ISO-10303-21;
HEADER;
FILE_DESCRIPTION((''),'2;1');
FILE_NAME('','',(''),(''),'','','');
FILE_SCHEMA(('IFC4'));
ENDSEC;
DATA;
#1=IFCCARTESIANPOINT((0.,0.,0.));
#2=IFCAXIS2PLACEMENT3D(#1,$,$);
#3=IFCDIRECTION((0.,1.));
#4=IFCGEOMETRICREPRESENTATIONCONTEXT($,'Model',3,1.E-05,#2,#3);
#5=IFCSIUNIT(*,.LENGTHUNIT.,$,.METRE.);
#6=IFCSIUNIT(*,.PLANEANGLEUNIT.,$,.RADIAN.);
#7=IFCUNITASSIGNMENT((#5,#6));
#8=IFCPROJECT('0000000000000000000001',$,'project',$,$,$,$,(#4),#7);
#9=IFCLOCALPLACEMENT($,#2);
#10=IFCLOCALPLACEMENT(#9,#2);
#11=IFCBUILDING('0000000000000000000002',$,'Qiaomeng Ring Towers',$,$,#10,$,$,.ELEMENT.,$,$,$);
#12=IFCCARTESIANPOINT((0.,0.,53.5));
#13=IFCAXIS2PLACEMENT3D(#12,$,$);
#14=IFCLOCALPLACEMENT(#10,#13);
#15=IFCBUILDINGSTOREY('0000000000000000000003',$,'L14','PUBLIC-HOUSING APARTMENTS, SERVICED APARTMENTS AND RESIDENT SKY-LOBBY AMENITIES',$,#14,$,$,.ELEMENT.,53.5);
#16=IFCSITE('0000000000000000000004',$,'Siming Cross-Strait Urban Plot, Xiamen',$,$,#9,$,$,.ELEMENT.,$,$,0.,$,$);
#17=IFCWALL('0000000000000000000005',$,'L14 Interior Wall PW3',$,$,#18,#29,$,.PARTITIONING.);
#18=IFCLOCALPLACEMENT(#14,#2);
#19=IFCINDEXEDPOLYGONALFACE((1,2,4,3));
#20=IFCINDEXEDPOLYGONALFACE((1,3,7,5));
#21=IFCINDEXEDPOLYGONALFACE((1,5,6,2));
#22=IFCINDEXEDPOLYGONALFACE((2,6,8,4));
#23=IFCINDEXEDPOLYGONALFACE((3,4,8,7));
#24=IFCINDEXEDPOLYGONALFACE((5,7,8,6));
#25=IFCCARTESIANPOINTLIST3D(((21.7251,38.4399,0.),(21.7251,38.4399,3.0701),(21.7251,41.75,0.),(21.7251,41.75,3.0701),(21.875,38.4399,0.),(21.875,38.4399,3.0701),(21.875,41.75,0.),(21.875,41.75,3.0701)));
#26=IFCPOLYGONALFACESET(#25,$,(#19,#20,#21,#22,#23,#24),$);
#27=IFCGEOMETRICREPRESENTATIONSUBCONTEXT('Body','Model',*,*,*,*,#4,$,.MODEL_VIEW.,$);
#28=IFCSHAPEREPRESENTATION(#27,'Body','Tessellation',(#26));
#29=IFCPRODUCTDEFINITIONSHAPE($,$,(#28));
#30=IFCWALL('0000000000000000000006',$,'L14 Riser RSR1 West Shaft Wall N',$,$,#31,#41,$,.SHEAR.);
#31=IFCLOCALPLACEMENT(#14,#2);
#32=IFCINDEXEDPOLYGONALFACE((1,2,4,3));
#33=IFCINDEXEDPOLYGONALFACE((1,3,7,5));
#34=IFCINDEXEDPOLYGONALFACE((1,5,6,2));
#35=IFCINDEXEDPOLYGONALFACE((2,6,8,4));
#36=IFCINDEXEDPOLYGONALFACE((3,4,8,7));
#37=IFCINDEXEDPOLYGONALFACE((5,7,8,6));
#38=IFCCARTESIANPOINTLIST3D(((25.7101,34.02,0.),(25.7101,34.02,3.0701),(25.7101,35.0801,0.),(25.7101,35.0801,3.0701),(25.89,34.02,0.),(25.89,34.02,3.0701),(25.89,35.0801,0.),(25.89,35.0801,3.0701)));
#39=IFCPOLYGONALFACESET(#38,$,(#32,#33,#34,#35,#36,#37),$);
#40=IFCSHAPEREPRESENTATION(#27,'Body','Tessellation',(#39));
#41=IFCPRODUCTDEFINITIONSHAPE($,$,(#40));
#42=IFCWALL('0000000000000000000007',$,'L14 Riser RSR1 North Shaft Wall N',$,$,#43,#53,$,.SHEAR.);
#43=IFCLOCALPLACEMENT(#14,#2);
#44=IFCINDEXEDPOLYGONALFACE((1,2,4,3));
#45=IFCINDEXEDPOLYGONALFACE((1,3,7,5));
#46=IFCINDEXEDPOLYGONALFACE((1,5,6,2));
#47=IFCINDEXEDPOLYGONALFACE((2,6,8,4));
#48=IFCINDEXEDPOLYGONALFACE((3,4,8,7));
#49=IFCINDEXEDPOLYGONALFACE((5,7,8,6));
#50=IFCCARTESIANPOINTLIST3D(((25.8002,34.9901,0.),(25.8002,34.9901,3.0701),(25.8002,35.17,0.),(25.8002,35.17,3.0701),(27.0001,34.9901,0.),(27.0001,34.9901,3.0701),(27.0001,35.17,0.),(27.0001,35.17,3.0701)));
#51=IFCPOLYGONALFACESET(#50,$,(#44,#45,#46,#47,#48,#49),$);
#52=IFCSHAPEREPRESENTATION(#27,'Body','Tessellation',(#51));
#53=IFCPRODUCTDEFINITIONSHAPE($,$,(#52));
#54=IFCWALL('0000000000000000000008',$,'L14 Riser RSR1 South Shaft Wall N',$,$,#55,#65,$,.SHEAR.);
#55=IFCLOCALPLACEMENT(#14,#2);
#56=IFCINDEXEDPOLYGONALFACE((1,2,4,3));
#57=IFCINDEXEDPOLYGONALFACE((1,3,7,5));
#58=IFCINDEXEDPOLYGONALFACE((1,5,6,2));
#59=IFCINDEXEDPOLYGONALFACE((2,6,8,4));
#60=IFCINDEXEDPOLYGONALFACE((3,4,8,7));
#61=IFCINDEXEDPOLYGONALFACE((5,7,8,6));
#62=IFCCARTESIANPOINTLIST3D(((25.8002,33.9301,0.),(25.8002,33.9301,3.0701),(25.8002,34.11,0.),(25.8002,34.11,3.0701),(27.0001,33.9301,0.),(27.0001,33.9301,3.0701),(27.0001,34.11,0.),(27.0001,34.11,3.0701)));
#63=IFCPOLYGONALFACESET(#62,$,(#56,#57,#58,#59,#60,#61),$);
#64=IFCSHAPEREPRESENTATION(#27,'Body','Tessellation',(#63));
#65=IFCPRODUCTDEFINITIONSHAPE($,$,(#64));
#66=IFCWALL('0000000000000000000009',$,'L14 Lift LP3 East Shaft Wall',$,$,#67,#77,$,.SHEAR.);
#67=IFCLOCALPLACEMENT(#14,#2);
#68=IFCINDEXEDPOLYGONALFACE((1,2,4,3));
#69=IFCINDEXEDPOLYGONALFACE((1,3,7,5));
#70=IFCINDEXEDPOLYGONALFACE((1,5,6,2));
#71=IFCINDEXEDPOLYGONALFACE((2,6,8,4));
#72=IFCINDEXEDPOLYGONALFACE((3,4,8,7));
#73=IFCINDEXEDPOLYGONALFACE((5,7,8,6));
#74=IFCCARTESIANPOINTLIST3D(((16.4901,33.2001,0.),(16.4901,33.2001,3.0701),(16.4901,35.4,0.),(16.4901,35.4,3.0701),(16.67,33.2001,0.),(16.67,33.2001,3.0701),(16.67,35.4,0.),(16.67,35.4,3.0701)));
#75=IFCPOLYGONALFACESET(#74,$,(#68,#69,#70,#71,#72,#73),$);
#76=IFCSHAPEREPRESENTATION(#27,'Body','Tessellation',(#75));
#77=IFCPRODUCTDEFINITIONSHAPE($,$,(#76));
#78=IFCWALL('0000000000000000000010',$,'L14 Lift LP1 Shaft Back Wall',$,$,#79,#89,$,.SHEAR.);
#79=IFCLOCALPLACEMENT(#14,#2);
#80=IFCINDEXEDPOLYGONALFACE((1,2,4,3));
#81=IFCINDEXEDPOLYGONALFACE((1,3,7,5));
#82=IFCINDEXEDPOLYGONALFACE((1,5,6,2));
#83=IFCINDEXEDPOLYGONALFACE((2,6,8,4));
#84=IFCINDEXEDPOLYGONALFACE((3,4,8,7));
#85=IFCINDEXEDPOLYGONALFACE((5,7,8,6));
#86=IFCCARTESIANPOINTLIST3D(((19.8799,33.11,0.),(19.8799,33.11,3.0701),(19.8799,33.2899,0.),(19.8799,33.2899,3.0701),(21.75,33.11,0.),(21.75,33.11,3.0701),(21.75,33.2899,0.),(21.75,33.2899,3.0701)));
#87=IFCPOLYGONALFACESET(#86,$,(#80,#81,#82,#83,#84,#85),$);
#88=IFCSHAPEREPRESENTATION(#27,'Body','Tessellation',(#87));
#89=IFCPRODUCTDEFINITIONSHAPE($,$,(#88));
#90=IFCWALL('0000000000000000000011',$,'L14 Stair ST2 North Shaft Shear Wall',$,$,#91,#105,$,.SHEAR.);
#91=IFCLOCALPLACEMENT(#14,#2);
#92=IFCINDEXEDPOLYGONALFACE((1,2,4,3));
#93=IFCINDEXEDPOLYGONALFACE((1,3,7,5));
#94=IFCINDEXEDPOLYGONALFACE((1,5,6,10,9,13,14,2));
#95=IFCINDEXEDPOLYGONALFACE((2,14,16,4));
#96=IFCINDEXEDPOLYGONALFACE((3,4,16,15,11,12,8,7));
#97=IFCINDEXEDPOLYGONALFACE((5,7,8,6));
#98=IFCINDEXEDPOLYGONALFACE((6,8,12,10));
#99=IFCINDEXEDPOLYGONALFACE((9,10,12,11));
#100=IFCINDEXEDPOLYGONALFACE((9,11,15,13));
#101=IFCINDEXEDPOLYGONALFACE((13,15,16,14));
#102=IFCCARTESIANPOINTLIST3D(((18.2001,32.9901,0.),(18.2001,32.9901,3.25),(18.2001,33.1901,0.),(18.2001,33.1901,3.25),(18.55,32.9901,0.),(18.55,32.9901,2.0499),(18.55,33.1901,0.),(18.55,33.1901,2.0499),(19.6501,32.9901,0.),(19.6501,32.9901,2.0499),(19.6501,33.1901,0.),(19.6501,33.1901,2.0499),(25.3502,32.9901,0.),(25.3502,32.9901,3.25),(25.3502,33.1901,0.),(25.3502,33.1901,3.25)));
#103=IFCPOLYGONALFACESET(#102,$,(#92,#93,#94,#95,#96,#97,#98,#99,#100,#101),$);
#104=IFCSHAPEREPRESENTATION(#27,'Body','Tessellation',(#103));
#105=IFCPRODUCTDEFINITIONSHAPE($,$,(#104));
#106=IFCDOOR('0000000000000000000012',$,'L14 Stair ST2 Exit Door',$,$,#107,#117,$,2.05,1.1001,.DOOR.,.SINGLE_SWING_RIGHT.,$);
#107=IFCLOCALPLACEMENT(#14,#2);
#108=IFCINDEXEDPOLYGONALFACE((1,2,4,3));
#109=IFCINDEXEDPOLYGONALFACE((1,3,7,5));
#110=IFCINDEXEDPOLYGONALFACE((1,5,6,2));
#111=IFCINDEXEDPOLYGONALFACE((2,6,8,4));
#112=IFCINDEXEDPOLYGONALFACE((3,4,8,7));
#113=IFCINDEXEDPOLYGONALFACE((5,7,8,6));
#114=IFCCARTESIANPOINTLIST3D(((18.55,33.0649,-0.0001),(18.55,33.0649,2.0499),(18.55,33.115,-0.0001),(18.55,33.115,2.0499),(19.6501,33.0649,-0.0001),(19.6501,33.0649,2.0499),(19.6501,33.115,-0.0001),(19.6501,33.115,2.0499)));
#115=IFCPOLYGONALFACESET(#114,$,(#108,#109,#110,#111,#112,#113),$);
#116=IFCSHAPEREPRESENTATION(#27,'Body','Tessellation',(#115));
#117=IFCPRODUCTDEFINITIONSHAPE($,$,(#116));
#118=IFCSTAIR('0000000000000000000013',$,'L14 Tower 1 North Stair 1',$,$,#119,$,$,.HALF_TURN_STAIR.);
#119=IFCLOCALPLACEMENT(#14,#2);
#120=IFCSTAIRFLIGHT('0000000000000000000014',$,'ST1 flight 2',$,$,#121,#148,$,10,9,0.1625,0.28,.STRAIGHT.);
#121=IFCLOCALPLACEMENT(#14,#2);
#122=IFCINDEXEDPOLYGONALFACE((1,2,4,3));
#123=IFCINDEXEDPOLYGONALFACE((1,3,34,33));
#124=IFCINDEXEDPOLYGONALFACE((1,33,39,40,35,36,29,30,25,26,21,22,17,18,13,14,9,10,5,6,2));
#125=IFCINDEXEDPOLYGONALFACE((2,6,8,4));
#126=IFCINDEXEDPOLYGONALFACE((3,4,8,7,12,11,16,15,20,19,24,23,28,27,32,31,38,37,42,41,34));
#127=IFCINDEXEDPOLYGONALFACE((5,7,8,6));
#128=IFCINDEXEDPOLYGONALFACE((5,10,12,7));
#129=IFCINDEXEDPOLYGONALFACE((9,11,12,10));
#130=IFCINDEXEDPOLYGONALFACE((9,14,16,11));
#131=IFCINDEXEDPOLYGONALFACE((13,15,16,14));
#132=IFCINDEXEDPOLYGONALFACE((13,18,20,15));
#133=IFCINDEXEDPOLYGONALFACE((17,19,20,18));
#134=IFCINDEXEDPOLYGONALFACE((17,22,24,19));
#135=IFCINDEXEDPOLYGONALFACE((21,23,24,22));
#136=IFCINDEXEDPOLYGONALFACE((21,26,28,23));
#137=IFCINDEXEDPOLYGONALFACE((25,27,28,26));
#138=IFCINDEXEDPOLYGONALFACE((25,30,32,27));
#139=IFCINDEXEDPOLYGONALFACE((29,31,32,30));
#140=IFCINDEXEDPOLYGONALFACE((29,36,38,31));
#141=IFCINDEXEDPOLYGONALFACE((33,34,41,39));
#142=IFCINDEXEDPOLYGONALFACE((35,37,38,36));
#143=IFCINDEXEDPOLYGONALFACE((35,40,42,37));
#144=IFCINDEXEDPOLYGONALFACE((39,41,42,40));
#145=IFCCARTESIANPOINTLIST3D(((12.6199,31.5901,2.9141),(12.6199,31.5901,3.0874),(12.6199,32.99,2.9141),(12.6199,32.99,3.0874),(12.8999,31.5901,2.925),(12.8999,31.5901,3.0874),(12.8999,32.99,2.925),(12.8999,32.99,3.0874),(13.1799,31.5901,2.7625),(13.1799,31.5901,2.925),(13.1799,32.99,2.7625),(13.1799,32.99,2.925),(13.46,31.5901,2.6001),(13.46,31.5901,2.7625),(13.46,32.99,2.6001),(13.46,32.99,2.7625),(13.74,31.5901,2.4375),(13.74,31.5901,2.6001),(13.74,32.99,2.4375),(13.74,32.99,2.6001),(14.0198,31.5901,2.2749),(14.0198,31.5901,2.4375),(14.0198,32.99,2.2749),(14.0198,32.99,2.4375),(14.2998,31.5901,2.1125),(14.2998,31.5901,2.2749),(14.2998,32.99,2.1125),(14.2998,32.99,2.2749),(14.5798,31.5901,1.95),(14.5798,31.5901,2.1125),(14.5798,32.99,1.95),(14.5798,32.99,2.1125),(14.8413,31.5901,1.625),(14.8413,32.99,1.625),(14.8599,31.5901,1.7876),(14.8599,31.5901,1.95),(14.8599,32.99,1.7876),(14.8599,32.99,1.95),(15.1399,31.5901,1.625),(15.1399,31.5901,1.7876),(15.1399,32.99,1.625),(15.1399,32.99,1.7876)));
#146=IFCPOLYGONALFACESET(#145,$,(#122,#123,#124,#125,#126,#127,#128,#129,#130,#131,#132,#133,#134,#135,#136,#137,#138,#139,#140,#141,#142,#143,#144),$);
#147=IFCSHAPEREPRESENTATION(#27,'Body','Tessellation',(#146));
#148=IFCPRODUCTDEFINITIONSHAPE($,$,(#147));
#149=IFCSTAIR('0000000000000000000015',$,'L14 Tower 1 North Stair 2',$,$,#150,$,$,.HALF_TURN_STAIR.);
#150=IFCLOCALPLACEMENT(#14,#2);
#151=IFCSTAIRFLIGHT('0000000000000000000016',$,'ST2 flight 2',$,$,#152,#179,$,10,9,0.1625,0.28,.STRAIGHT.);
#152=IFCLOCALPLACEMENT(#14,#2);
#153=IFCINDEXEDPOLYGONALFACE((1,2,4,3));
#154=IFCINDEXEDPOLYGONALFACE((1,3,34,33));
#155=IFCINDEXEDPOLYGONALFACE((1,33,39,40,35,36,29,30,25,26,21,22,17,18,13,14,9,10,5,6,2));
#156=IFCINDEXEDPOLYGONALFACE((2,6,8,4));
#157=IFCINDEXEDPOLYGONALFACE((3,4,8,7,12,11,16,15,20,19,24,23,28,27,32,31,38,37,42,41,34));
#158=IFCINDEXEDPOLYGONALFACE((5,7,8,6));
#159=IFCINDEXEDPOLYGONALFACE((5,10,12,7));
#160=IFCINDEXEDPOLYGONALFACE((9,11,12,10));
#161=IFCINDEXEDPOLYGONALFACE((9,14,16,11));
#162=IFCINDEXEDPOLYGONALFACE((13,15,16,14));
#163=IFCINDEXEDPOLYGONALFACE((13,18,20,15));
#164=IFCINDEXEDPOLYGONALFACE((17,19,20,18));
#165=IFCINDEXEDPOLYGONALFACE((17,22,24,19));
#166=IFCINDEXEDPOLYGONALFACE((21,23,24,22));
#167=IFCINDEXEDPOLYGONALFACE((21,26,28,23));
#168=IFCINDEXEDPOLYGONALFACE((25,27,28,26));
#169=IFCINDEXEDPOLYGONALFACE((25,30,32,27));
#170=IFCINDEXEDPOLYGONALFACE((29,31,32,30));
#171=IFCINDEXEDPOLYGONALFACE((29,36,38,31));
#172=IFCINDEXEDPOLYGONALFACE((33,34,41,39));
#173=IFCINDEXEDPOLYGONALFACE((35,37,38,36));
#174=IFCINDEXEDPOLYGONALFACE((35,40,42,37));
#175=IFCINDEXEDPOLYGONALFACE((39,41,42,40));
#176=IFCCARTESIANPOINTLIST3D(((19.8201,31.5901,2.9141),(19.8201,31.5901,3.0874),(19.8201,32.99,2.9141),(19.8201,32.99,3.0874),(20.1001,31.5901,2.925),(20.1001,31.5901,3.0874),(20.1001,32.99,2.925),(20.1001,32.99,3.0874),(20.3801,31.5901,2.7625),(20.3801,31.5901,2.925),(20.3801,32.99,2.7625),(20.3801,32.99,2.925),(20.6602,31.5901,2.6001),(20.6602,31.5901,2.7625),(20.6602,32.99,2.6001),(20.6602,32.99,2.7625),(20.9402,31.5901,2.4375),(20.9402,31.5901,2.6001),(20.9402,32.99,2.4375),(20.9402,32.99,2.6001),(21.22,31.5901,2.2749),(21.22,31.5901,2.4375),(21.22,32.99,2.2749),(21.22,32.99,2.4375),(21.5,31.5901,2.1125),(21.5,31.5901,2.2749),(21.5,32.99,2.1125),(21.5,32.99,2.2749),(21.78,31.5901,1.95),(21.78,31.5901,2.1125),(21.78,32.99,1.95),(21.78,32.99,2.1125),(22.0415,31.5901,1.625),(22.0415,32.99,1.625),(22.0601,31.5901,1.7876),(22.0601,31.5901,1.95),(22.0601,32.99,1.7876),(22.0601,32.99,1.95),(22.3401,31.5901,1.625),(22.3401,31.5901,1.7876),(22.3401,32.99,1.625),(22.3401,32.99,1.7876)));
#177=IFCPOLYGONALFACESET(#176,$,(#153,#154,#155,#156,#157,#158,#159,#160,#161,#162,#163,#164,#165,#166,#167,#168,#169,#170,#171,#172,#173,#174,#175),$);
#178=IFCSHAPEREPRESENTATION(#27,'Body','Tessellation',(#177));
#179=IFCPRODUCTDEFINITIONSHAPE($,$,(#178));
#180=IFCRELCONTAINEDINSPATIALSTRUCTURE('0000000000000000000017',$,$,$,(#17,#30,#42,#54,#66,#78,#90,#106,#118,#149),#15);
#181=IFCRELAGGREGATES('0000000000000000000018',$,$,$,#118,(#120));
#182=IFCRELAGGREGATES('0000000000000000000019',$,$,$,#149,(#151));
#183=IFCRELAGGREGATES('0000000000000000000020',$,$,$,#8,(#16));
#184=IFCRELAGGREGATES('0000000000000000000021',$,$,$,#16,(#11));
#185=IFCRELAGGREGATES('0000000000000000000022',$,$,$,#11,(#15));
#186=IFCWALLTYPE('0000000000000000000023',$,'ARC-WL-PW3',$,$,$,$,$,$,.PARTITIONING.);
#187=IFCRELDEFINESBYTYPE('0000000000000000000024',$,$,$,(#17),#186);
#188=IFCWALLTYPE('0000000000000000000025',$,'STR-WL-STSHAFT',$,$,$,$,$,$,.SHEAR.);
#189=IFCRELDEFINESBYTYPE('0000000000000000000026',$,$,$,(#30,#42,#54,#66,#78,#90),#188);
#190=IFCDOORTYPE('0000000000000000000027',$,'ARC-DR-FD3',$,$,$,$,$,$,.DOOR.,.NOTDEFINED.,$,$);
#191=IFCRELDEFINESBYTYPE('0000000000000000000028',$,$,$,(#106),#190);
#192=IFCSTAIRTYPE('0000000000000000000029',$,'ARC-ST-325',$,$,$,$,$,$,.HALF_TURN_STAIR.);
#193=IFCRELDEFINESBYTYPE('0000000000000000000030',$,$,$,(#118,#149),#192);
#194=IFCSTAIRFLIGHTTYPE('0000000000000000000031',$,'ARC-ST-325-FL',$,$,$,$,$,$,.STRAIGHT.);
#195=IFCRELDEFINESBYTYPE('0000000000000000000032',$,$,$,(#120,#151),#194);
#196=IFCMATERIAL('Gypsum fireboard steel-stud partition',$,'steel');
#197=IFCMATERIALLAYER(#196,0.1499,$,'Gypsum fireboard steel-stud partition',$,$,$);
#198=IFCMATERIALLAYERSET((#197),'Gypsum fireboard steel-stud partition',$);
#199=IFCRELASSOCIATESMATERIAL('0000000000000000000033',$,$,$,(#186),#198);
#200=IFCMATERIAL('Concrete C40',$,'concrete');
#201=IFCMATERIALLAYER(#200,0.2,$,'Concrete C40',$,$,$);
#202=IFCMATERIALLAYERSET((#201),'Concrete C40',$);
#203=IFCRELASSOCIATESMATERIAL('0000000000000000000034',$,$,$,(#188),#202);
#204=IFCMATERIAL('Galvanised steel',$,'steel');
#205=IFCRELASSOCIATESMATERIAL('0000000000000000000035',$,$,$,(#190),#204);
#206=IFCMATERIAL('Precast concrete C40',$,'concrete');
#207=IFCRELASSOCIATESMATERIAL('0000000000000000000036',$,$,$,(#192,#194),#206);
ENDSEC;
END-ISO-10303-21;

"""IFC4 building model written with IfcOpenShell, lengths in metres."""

from ifc_helpers import new_model, si_unit, direction, frame, frame_2d, origin, place, context, subcontext, project, spatial, polyline, rectangle, outline, extrude, source, transform, mapped, material, layer, layer_set, type_object, element, fill, aggregate, save


model = new_model("IFC4")

# Units and contexts
model_context = context("Model", 3, precision=1e-05, world=origin(), true_north=direction((0.0, 1.0)))
body_context = subcontext(model_context, "Body", "Model", "MODEL_VIEW")
ifc_project = project(units=[si_unit("LENGTHUNIT", "METRE"), si_unit("PLANEANGLEUNIT", "RADIAN")], contexts=[model_context])

# Site, building, storey
site_placement = place(None, origin())
site = spatial("IfcSite", under=ifc_project, at=site_placement, Name="Siming Cross-Strait Urban Plot, Xiamen", CompositionType="ELEMENT", RefElevation=0.0)
building_placement = place(site_placement, origin())
building = spatial("IfcBuilding", under=site, at=building_placement, Name="Qiaomeng Ring Towers", CompositionType="ELEMENT")
storey_placement = place(building_placement, frame((0.0, 0.0, 53.5)))
storey = spatial("IfcBuildingStorey", under=building, at=storey_placement, Name="L14", Description="PUBLIC-HOUSING APARTMENTS, SERVICED APARTMENTS AND RESIDENT SKY-LOBBY AMENITIES", CompositionType="ELEMENT", Elevation=53.5)

# Walls
ifc_material_1 = material(Name="Gypsum fireboard steel-stud partition", Category="steel")
ifc_layer_1 = layer(ifc_material_1, 0.1499, Name="Gypsum fireboard steel-stud partition")
ifc_layer_set_1 = layer_set([ifc_layer_1], Name="Gypsum fireboard steel-stud partition")
wall_type_1 = type_object("IfcWallType", Name="ARC-WL-PW3", PredefinedType="PARTITIONING", material=ifc_layer_set_1)
wall_1_placement = place(storey_placement, frame((21.8, 38.4399, 0.0), z_axis=(0.0, 0.0, 1.0), x_axis=(0.0, 1.0, 0.0)))
element("IfcWall", 1, at=wall_1_placement, inside=storey, type_object=wall_type_1, Name="L14 Interior Wall PW3", PredefinedType="PARTITIONING", context=body_context, shape_type="SweptSolid", body=[
    extrude(rectangle(XDim=3.3101, YDim=0.1499, at=frame_2d((1.655, 0.0))), origin(), (0.0, 0.0, 1.0), 3.0701),
])
ifc_material_2 = material(Name="Concrete C40", Category="concrete")
ifc_layer_2 = layer(ifc_material_2, 0.2, Name="Concrete C40")
ifc_layer_set_2 = layer_set([ifc_layer_2], Name="Concrete C40")
wall_type_2 = type_object("IfcWallType", Name="STR-WL-STSHAFT", PredefinedType="SHEAR", material=ifc_layer_set_2)
wall_2_placement = place(storey_placement, frame((25.8, 34.02, 0.0), z_axis=(0.0, 0.0, 1.0), x_axis=(0.0, 1.0, 0.0)))
element("IfcWall", 2, at=wall_2_placement, inside=storey, type_object=wall_type_2, Name="L14 Riser RSR1 West Shaft Wall N", PredefinedType="SHEAR", context=body_context, shape_type="SweptSolid", body=[
    extrude(rectangle(XDim=1.0601, YDim=0.1799, at=frame_2d((0.53, 0.0))), origin(), (0.0, 0.0, 1.0), 3.0701),
])
for number, where, z_axis, x_axis, name in (
    (3, (25.8, 35.0801, 0.0), (0.0, 0.0, 1.0), (1.0, 0.0, 0.0), "L14 Riser RSR1 North Shaft Wall N"),
    (4, (25.8, 34.02, 0.0), (0.0, 0.0, 1.0), (1.0, 0.0, 0.0), "L14 Riser RSR1 South Shaft Wall N"),
):
    element("IfcWall", number, at=place(storey_placement, frame(where, z_axis=z_axis, x_axis=x_axis)), inside=storey, type_object=wall_type_2, Name=name, PredefinedType="SHEAR", context=body_context, shape_type="SweptSolid", body=[
        extrude(rectangle(XDim=1.2, YDim=0.1799, at=frame_2d((0.6001, 0.0))), origin(), (0.0, 0.0, 1.0), 3.0701),
    ])
wall_3_placement = place(storey_placement, frame((16.5801, 33.2, 0.0), z_axis=(0.0, 0.0, 1.0), x_axis=(0.0, 1.0, 0.0)))
element("IfcWall", 5, at=wall_3_placement, inside=storey, type_object=wall_type_2, Name="L14 Lift LP3 East Shaft Wall", PredefinedType="SHEAR", context=body_context, shape_type="SweptSolid", body=[
    extrude(rectangle(XDim=2.2, YDim=0.1799, at=frame_2d((1.1001, 0.0))), origin(), (0.0, 0.0, 1.0), 3.0701),
])
wall_4_placement = place(storey_placement, frame((19.8799, 33.2, 0.0), z_axis=(0.0, 0.0, 1.0), x_axis=(1.0, 0.0, 0.0)))
element("IfcWall", 6, at=wall_4_placement, inside=storey, type_object=wall_type_2, Name="L14 Lift LP1 Shaft Back Wall", PredefinedType="SHEAR", context=body_context, shape_type="SweptSolid", body=[
    extrude(rectangle(XDim=1.8701, YDim=0.1799, at=frame_2d((0.9351, 0.0))), origin(), (0.0, 0.0, 1.0), 3.0701),
])

# Wall, opening, door
wall_5_placement = place(storey_placement, frame((18.2, 33.0901, 0.0), z_axis=(0.0, 0.0, 1.0), x_axis=(1.0, 0.0, 0.0)))
wall_5 = element("IfcWall", 7, at=wall_5_placement, inside=storey, type_object=wall_type_2, Name="L14 Stair ST2 North Shaft Shear Wall", PredefinedType="SHEAR", context=body_context, shape_type="SweptSolid", body=[
    extrude(rectangle(XDim=7.1501, YDim=0.2, at=frame_2d((3.5752, 0.0))), origin(), (0.0, 0.0, 1.0), 3.25),
])
opening_placement = place(wall_5_placement, frame((0.3501, 0.0, 0.0)))
opening = element("IfcOpeningElement", 8, at=opening_placement, cuts=wall_5, PredefinedType="OPENING", context=body_context, shape_type="SweptSolid", body=[
    extrude(rectangle(XDim=1.1001, YDim=2.05, at=frame_2d((0.55, 1.0249))), frame((0.0, 0.1099, 0.0), z_axis=(0.0, -1.0, 0.0), x_axis=(1.0, 0.0, 0.0)), (0.0, 0.0, 1.0), 0.22),
])
ifc_material_3 = material(Name="Galvanised steel", Category="steel")
door_type = type_object("IfcDoorType", Name="ARC-DR-FD3", OperationType="NOTDEFINED", PredefinedType="DOOR", material=ifc_material_3)
shared_shape_1 = source(origin(), body_context, "Body", "SweptSolid", [
    extrude(rectangle(XDim=1.1001, YDim=2.05, at=frame_2d((0.55, 1.0249))), frame((0.0, 0.0249, 0.0), z_axis=(0.0, -1.0, 0.0), x_axis=(1.0, 0.0, 0.0)), (0.0, 0.0, 1.0), 0.05),
])
door_placement = place(opening_placement, origin())
door = element("IfcDoor", 9, at=door_placement, inside=storey, type_object=door_type, Name="L14 Stair ST2 Exit Door", OperationType="SINGLE_SWING_RIGHT", OverallHeight=2.05, OverallWidth=1.1001, PredefinedType="DOOR", context=body_context, shape_type="MappedRepresentation", body=[
    mapped(shared_shape_1, transform((0.0, 0.0, 0.0), x_axis=(1.0, 0.0, 0.0), y_axis=(0.0, 1.0, 0.0), z_axis=(0.0, 0.0, 1.0), scale=1.0)),
])
fill(opening, door)

# Stairs, stair flights
ifc_material_4 = material(Name="Precast concrete C40", Category="concrete")
stair_type = type_object("IfcStairType", Name="ARC-ST-325", PredefinedType="HALF_TURN_STAIR", material=ifc_material_4)
stair_1_placement = place(storey_placement, origin())
stair_1 = element("IfcStair", 10, at=stair_1_placement, inside=storey, type_object=stair_type, Name="L14 Tower 1 North Stair 1", PredefinedType="HALF_TURN_STAIR")
stair_flight_type = type_object("IfcStairFlightType", Name="ARC-ST-325-FL", PredefinedType="STRAIGHT", material=ifc_material_4)
shared_shape_2 = source(origin(), body_context, "Body", "SweptSolid", [
    extrude(outline(polyline([(0.0, 0.0), (0.0, 0.1626), (0.28, 0.1626), (0.28, 0.325), (0.5601, 0.325), (0.5601, 0.4875), (0.8401, 0.4875), (0.8401, 0.6499), (1.1201, 0.6499), (1.1201, 0.8125), (1.3999, 0.8125), (1.3999, 0.9751), (1.6799, 0.9751), (1.6799, 1.1375), (1.96, 1.1375), (1.96, 1.3), (2.24, 1.3), (2.24, 1.4624), (2.52, 1.4624), (2.52, 1.625), (2.52, 1.2891), (0.2986, 0.0), (0.0, 0.0)])), frame((0.0, 0.7, 0.0), z_axis=(0.0, -1.0, 0.0), x_axis=(1.0, 0.0, 0.0)), (0.0, 0.0, 1.0), 1.3999),
])
stair_flight_1_placement = place(storey_placement, frame((15.1399, 32.29, 1.625), z_axis=(0.0, 0.0, 1.0), x_axis=(-1.0, 0.0, 0.0)))
stair_flight_1 = element("IfcStairFlight", 11, at=stair_flight_1_placement, type_object=stair_flight_type, Name="ST1 flight 2", NumberOfRisers=10, NumberOfTreads=9, PredefinedType="STRAIGHT", RiserHeight=0.1625, TreadLength=0.28, context=body_context, shape_type="MappedRepresentation", body=[
    mapped(shared_shape_2, transform((0.0, 0.0, 0.0), x_axis=(1.0, 0.0, 0.0), y_axis=(0.0, 1.0, 0.0), z_axis=(0.0, 0.0, 1.0), scale=1.0)),
])
aggregate(stair_1, [stair_flight_1])
stair_2_placement = place(storey_placement, origin())
stair_2 = element("IfcStair", 12, at=stair_2_placement, inside=storey, type_object=stair_type, Name="L14 Tower 1 North Stair 2", PredefinedType="HALF_TURN_STAIR")
stair_flight_2_placement = place(storey_placement, frame((22.3401, 32.29, 1.625), z_axis=(0.0, 0.0, 1.0), x_axis=(-1.0, 0.0, 0.0)))
stair_flight_2 = element("IfcStairFlight", 13, at=stair_flight_2_placement, type_object=stair_flight_type, Name="ST2 flight 2", NumberOfRisers=10, NumberOfTreads=9, PredefinedType="STRAIGHT", RiserHeight=0.1625, TreadLength=0.28, context=body_context, shape_type="MappedRepresentation", body=[
    mapped(shared_shape_2, transform((0.0, 0.0, 0.0), x_axis=(1.0, 0.0, 0.0), y_axis=(0.0, 1.0, 0.0), z_axis=(0.0, 0.0, 1.0), scale=1.0)),
])
aggregate(stair_2, [stair_flight_2])

save(model, "model.ifc")
